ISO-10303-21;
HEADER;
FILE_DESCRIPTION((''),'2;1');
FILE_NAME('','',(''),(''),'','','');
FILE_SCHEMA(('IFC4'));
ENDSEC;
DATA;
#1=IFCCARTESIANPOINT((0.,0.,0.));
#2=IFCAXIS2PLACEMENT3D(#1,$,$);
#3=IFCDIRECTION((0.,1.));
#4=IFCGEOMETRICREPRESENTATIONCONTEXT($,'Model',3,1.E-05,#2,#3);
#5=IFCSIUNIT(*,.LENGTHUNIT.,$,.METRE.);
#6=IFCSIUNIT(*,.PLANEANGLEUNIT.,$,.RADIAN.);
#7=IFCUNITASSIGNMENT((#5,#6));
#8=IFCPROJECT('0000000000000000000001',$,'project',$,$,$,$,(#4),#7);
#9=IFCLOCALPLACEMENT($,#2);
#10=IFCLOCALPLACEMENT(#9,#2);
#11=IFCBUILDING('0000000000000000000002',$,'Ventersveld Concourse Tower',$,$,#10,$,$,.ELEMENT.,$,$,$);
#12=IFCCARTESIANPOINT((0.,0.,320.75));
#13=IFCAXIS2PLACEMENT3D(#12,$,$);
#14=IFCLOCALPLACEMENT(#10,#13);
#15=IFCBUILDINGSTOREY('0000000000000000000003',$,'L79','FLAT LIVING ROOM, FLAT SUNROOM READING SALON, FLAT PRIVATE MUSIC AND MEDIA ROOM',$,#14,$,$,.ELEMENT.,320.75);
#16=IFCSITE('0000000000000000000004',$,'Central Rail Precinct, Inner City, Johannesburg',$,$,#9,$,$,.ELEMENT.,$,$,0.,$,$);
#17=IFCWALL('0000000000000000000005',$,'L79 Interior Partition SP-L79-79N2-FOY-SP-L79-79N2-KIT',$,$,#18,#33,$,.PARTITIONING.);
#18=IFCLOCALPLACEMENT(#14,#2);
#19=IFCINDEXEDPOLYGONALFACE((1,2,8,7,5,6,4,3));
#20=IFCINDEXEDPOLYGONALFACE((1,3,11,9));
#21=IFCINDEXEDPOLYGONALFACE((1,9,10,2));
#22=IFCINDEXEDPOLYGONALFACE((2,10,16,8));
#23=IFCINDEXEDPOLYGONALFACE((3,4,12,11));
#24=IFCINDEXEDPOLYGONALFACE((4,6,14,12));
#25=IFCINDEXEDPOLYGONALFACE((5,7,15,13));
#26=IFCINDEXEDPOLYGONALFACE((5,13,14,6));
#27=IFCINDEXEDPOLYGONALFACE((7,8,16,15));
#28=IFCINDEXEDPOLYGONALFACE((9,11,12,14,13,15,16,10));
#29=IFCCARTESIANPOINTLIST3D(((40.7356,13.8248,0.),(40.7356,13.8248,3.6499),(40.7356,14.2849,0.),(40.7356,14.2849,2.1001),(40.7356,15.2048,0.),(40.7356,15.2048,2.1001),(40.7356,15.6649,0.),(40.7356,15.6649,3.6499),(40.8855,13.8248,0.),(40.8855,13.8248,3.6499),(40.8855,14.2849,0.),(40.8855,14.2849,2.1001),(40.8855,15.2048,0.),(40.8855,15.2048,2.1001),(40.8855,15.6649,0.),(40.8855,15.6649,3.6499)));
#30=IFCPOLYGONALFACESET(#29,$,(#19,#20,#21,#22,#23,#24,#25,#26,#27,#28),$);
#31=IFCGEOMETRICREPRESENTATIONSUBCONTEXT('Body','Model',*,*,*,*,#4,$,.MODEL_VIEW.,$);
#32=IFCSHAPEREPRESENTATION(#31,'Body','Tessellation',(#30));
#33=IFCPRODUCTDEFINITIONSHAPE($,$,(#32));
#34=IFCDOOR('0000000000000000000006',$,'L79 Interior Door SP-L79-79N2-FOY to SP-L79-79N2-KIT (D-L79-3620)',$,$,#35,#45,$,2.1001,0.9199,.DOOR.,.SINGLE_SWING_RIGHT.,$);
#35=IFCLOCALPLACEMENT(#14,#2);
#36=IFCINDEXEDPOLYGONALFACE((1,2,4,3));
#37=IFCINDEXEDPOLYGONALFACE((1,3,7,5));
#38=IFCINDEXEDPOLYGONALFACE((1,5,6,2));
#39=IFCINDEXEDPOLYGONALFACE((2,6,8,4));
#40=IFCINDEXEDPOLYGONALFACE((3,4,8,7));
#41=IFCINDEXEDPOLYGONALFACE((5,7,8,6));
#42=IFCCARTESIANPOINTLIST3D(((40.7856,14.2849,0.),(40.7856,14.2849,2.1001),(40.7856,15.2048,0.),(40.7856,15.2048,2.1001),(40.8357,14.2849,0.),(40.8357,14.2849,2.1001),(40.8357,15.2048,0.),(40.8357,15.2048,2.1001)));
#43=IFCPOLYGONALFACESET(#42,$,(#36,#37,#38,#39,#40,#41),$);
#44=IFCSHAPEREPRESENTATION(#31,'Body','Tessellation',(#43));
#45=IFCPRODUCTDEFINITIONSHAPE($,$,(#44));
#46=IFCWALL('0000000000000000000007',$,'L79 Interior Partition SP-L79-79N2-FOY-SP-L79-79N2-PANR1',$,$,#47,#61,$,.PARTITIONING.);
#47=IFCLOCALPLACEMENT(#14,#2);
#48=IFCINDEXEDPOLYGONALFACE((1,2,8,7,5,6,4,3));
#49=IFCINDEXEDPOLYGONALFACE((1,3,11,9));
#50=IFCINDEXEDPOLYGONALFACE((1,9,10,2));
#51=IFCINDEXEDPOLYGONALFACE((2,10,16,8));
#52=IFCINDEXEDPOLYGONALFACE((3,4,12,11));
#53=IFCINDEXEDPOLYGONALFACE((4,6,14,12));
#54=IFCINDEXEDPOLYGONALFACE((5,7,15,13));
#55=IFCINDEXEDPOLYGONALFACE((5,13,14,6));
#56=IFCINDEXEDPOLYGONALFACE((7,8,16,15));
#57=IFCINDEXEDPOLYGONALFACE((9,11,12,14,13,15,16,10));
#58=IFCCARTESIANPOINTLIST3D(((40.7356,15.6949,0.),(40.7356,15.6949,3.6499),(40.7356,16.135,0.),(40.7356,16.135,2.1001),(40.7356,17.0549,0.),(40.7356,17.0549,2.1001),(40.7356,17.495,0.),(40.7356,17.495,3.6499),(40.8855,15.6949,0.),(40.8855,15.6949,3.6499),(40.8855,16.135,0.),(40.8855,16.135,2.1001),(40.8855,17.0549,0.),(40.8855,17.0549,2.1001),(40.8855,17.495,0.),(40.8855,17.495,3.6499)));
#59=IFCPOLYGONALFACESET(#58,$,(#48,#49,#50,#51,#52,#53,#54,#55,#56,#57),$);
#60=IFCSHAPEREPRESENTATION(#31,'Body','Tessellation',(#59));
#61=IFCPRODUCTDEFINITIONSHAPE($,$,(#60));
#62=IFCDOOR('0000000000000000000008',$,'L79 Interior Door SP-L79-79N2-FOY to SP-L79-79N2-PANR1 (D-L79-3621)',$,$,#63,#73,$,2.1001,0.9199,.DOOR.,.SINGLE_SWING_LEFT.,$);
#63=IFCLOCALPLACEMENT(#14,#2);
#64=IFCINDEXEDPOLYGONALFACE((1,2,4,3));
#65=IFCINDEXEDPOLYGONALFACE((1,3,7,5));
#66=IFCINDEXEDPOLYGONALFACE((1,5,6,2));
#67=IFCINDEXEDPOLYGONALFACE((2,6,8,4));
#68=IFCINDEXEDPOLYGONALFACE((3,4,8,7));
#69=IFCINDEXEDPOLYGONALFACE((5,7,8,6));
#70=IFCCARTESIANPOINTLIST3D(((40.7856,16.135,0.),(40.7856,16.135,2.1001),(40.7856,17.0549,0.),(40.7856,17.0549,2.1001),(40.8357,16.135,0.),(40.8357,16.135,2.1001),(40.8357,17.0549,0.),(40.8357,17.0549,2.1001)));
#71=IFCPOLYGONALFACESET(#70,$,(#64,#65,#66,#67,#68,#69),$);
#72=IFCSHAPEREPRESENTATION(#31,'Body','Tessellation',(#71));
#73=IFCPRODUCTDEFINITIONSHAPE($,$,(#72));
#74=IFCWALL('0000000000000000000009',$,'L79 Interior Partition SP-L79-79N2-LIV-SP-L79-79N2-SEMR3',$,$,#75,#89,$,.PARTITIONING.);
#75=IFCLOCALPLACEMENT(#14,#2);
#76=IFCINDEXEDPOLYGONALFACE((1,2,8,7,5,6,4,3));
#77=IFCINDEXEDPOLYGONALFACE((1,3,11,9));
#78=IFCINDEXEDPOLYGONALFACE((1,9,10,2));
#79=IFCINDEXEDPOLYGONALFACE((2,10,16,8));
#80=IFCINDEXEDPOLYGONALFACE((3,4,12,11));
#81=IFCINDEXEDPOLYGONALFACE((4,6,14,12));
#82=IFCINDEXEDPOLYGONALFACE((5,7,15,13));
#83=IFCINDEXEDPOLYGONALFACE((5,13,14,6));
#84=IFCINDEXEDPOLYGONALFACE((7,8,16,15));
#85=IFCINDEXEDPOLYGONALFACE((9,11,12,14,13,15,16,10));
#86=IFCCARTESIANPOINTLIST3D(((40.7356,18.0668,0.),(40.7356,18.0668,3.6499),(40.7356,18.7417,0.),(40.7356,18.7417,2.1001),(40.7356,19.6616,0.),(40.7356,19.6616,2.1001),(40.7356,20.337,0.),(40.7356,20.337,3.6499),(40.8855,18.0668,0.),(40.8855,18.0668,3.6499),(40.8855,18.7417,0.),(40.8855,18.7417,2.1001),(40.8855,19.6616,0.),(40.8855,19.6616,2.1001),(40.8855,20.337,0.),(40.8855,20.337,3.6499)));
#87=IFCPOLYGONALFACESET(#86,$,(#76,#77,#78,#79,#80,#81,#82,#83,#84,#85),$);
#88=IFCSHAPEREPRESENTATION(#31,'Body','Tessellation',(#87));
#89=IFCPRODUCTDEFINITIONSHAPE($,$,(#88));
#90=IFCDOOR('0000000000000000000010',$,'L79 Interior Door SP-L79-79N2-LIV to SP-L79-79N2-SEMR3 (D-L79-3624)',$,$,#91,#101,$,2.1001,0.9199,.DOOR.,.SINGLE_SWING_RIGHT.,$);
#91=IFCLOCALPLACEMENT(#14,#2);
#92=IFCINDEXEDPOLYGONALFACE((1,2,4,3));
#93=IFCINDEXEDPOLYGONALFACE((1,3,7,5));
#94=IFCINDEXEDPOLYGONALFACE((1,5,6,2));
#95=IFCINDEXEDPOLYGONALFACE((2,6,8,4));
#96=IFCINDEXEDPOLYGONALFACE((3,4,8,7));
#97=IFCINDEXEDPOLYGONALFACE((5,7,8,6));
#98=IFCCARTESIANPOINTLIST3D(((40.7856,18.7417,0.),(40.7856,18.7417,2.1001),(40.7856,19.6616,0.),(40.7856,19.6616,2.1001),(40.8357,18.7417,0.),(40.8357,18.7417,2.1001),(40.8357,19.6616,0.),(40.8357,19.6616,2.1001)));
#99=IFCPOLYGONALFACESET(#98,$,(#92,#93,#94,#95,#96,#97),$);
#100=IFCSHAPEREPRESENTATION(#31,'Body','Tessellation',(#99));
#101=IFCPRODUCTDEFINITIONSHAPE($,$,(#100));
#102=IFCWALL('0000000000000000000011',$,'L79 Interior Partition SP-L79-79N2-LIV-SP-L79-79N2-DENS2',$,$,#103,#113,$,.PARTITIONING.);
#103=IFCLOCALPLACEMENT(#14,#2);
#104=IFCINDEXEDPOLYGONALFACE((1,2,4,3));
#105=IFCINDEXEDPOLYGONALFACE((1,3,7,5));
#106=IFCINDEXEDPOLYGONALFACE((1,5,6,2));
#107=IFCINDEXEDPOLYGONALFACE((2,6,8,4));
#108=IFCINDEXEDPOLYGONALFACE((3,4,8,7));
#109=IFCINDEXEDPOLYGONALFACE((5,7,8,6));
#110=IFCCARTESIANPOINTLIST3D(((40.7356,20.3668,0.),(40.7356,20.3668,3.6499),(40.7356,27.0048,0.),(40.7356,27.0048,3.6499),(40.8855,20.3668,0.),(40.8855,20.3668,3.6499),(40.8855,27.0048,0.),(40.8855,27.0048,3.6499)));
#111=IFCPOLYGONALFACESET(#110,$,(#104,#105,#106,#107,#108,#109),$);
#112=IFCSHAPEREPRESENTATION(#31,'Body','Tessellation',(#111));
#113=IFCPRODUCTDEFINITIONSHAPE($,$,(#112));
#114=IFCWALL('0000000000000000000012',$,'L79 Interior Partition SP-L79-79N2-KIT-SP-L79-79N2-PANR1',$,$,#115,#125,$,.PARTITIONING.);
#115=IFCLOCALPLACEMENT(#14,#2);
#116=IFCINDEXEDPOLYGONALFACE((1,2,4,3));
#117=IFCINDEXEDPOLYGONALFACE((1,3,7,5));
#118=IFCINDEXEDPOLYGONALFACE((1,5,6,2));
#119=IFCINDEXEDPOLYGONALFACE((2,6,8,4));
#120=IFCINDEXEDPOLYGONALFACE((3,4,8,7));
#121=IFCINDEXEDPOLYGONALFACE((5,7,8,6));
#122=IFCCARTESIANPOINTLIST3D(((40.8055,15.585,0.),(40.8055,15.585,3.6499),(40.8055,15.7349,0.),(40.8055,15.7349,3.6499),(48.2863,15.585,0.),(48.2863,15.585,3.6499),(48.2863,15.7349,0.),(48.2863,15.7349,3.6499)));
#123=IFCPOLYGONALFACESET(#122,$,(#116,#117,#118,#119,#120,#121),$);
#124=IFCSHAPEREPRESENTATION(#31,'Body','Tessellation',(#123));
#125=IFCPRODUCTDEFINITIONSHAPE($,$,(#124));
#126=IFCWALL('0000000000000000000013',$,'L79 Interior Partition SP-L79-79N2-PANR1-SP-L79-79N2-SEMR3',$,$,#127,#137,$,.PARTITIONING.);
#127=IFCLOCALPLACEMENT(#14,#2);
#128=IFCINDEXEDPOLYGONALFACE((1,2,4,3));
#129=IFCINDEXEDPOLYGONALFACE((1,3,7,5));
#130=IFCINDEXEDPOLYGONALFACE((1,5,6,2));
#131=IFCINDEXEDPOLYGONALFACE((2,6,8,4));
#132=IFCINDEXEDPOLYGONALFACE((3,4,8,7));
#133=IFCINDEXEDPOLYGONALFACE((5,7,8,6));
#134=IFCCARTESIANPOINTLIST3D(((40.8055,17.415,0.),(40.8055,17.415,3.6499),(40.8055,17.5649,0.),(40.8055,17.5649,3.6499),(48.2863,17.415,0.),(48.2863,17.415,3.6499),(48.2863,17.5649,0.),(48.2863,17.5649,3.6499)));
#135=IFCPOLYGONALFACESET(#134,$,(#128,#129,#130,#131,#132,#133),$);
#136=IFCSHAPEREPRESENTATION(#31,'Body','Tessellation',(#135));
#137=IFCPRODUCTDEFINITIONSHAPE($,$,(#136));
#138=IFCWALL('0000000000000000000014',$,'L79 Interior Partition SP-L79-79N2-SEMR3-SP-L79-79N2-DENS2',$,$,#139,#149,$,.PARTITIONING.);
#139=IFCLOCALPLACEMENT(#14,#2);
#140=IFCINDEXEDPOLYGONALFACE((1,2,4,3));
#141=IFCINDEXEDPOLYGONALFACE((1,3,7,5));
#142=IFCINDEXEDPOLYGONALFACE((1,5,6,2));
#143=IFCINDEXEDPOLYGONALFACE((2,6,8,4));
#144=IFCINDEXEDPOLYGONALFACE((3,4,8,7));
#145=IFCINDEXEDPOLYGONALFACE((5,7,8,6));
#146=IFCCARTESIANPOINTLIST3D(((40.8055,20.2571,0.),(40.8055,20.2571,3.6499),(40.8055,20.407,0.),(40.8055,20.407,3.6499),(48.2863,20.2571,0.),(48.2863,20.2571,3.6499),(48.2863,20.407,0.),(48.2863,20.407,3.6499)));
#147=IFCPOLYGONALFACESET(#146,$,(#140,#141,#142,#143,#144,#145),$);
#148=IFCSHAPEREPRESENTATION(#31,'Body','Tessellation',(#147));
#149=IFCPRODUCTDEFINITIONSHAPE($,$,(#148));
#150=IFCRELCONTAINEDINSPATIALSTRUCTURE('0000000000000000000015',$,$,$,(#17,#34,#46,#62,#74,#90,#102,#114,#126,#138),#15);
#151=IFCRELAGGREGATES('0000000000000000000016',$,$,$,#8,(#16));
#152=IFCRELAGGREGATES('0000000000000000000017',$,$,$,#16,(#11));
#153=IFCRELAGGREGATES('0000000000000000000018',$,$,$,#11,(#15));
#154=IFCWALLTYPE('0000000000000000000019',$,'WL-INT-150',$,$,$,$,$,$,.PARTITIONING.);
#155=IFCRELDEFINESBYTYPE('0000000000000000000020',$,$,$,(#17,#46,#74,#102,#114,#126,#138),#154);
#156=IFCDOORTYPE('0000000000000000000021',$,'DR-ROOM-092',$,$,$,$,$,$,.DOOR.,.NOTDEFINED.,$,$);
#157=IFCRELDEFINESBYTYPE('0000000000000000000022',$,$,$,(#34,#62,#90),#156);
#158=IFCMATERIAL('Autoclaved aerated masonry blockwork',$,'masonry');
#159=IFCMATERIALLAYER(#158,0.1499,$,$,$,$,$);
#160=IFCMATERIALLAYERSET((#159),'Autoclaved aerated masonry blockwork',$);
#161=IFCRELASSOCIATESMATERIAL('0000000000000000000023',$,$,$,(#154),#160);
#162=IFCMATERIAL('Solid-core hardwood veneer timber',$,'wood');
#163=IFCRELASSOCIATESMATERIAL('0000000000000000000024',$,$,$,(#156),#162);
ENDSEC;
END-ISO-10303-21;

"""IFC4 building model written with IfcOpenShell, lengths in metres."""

from ifc_helpers import new_model, si_unit, direction, frame, frame_2d, origin, place, context, subcontext, project, spatial, rectangle, extrude, material, layer, layer_set, type_object, element, fill, save


model = new_model("IFC4")

# Units and contexts
model_context = context("Model", 3, precision=1e-05, world=origin(), true_north=direction((0.0, 1.0)))
body_context = subcontext(model_context, "Body", "Model", "MODEL_VIEW")
ifc_project = project(units=[si_unit("LENGTHUNIT", "METRE"), si_unit("PLANEANGLEUNIT", "RADIAN")], contexts=[model_context])

# Site, building, storey
site_placement = place(None, origin())
site = spatial("IfcSite", under=ifc_project, at=site_placement, Name="Central Rail Precinct, Inner City, Johannesburg", CompositionType="ELEMENT", RefElevation=0.0)
building_placement = place(site_placement, origin())
building = spatial("IfcBuilding", under=site, at=building_placement, Name="Ventersveld Concourse Tower", CompositionType="ELEMENT")
storey_placement = place(building_placement, frame((0.0, 0.0, 320.75)))
storey = spatial("IfcBuildingStorey", under=building, at=storey_placement, Name="L79", Description="FLAT LIVING ROOM, FLAT SUNROOM READING SALON, FLAT PRIVATE MUSIC AND MEDIA ROOM", CompositionType="ELEMENT", Elevation=320.75)

# Shared definitions
ifc_material_1 = material(Name="Solid-core hardwood veneer timber", Category="wood")

# Walls, openings, doors
ifc_material_2 = material(Name="Autoclaved aerated masonry blockwork", Category="masonry")
ifc_layer_1 = layer(ifc_material_2, 0.1499)
ifc_layer_set_1 = layer_set([ifc_layer_1], Name="Autoclaved aerated masonry blockwork")
wall_type_1 = type_object("IfcWallType", Name="WL-INT-150", PredefinedType="PARTITIONING", material=ifc_layer_set_1)
wall_1_placement = place(storey_placement, frame((40.8105, 13.825, 0.0), z_axis=(0.0, 0.0, 1.0), x_axis=(0.0, 1.0, 0.0)))
wall_1 = element("IfcWall", 1, at=wall_1_placement, inside=storey, type_object=wall_type_1, Name="L79 Interior Partition SP-L79-79N2-FOY-SP-L79-79N2-KIT", PredefinedType="PARTITIONING", context=body_context, shape_type="SweptSolid", body=[
    extrude(rectangle(XDim=1.8401, YDim=0.1499, at=frame_2d((0.9199, 0.0))), origin(), (0.0, 0.0, 1.0), 3.6499),
])
opening_1_placement = place(wall_1_placement, frame((0.46, 0.0, 0.0)))
opening_1 = element("IfcOpeningElement", 2, at=opening_1_placement, cuts=wall_1, PredefinedType="OPENING", context=body_context, shape_type="SweptSolid", body=[
    extrude(rectangle(XDim=0.9199, YDim=2.1001, at=frame_2d((0.46, 1.05))), frame((0.0, 0.085, 0.0), z_axis=(0.0, -1.0, 0.0), x_axis=(1.0, 0.0, 0.0)), (0.0, 0.0, 1.0), 0.1699),
])
door_type_1 = type_object("IfcDoorType", Name="DR-ROOM-092", OperationType="NOTDEFINED", PredefinedType="DOOR", material=ifc_material_1)
door_1_placement = place(opening_1_placement, origin())
door_1 = element("IfcDoor", 3, at=door_1_placement, inside=storey, type_object=door_type_1, Name="L79 Interior Door SP-L79-79N2-FOY to SP-L79-79N2-KIT (D-L79-3620)", OperationType="SINGLE_SWING_RIGHT", OverallHeight=2.1001, OverallWidth=0.9199, PredefinedType="DOOR", context=body_context, shape_type="SweptSolid", body=[
    extrude(rectangle(XDim=0.9199, YDim=2.1001, at=frame_2d((0.46, 1.05))), frame((0.0, 0.0249, 0.0), z_axis=(0.0, -1.0, 0.0), x_axis=(1.0, 0.0, 0.0)), (0.0, 0.0, 1.0), 0.05),
])
fill(opening_1, door_1)
wall_2_placement = place(storey_placement, frame((40.8105, 15.6951, 0.0), z_axis=(0.0, 0.0, 1.0), x_axis=(0.0, 1.0, 0.0)))
wall_2 = element("IfcWall", 4, at=wall_2_placement, inside=storey, type_object=wall_type_1, Name="L79 Interior Partition SP-L79-79N2-FOY-SP-L79-79N2-PANR1", PredefinedType="PARTITIONING", context=body_context, shape_type="SweptSolid", body=[
    extrude(rectangle(XDim=1.8, YDim=0.1499, at=frame_2d((0.8999, 0.0))), origin(), (0.0, 0.0, 1.0), 3.6499),
])
opening_2_placement = place(wall_2_placement, frame((0.4399, 0.0, 0.0)))
opening_2 = element("IfcOpeningElement", 5, at=opening_2_placement, cuts=wall_2, PredefinedType="OPENING", context=body_context, shape_type="SweptSolid", body=[
    extrude(rectangle(XDim=0.9199, YDim=2.1001, at=frame_2d((0.46, 1.05))), frame((0.0, 0.085, 0.0), z_axis=(0.0, -1.0, 0.0), x_axis=(1.0, 0.0, 0.0)), (0.0, 0.0, 1.0), 0.1699),
])
door_2_placement = place(opening_2_placement, origin())
door_2 = element("IfcDoor", 6, at=door_2_placement, inside=storey, type_object=door_type_1, Name="L79 Interior Door SP-L79-79N2-FOY to SP-L79-79N2-PANR1 (D-L79-3621)", OperationType="SINGLE_SWING_LEFT", OverallHeight=2.1001, OverallWidth=0.9199, PredefinedType="DOOR", context=body_context, shape_type="SweptSolid", body=[
    extrude(rectangle(XDim=0.9199, YDim=2.1001, at=frame_2d((0.46, 1.05))), frame((0.0, 0.0249, 0.0), z_axis=(0.0, -1.0, 0.0), x_axis=(1.0, 0.0, 0.0)), (0.0, 0.0, 1.0), 0.05),
])
fill(opening_2, door_2)
wall_3_placement = place(storey_placement, frame((40.8105, 18.0667, 0.0), z_axis=(0.0, 0.0, 1.0), x_axis=(0.0, 1.0, 0.0)))
wall_3 = element("IfcWall", 7, at=wall_3_placement, inside=storey, type_object=wall_type_1, Name="L79 Interior Partition SP-L79-79N2-LIV-SP-L79-79N2-SEMR3", PredefinedType="PARTITIONING", context=body_context, shape_type="SweptSolid", body=[
    extrude(rectangle(XDim=2.2703, YDim=0.1499, at=frame_2d((1.1353, 0.0))), origin(), (0.0, 0.0, 1.0), 3.6499),
])
opening_3_placement = place(wall_3_placement, frame((0.675, 0.0, 0.0)))
opening_3 = element("IfcOpeningElement", 8, at=opening_3_placement, cuts=wall_3, PredefinedType="OPENING", context=body_context, shape_type="SweptSolid", body=[
    extrude(rectangle(XDim=0.9199, YDim=2.1001, at=frame_2d((0.46, 1.05))), frame((0.0, 0.085, 0.0), z_axis=(0.0, -1.0, 0.0), x_axis=(1.0, 0.0, 0.0)), (0.0, 0.0, 1.0), 0.1699),
])
door_3_placement = place(opening_3_placement, origin())
door_3 = element("IfcDoor", 9, at=door_3_placement, inside=storey, type_object=door_type_1, Name="L79 Interior Door SP-L79-79N2-LIV to SP-L79-79N2-SEMR3 (D-L79-3624)", OperationType="SINGLE_SWING_RIGHT", OverallHeight=2.1001, OverallWidth=0.9199, PredefinedType="DOOR", context=body_context, shape_type="SweptSolid", body=[
    extrude(rectangle(XDim=0.9199, YDim=2.1001, at=frame_2d((0.46, 1.05))), frame((0.0, 0.0249, 0.0), z_axis=(0.0, -1.0, 0.0), x_axis=(1.0, 0.0, 0.0)), (0.0, 0.0, 1.0), 0.05),
])
fill(opening_3, door_3)

# Walls
wall_4_placement = place(storey_placement, frame((40.8105, 20.3669, 0.0), z_axis=(0.0, 0.0, 1.0), x_axis=(0.0, 1.0, 0.0)))
element("IfcWall", 10, at=wall_4_placement, inside=storey, type_object=wall_type_1, Name="L79 Interior Partition SP-L79-79N2-LIV-SP-L79-79N2-DENS2", PredefinedType="PARTITIONING", context=body_context, shape_type="SweptSolid", body=[
    extrude(rectangle(XDim=6.6379, YDim=0.1499, at=frame_2d((3.3188, 0.0))), origin(), (0.0, 0.0, 1.0), 3.6499),
])
for number, where, z_axis, x_axis, name in (
    (11, (40.8057, 15.6599, 0.0), (0.0, 0.0, 1.0), (1.0, 0.0, 0.0), "L79 Interior Partition SP-L79-79N2-KIT-SP-L79-79N2-PANR1"),
    (12, (40.8057, 17.49, 0.0), (0.0, 0.0, 1.0), (1.0, 0.0, 0.0), "L79 Interior Partition SP-L79-79N2-PANR1-SP-L79-79N2-SEMR3"),
    (13, (40.8057, 20.332, 0.0), (0.0, 0.0, 1.0), (1.0, 0.0, 0.0), "L79 Interior Partition SP-L79-79N2-SEMR3-SP-L79-79N2-DENS2"),
):
    element("IfcWall", number, at=place(storey_placement, frame(where, z_axis=z_axis, x_axis=x_axis)), inside=storey, type_object=wall_type_1, Name=name, PredefinedType="PARTITIONING", context=body_context, shape_type="SweptSolid", body=[
        extrude(rectangle(XDim=7.4807, YDim=0.1499, at=frame_2d((3.7402, 0.0))), origin(), (0.0, 0.0, 1.0), 3.6499),
    ])

save(model, "model.ifc")
